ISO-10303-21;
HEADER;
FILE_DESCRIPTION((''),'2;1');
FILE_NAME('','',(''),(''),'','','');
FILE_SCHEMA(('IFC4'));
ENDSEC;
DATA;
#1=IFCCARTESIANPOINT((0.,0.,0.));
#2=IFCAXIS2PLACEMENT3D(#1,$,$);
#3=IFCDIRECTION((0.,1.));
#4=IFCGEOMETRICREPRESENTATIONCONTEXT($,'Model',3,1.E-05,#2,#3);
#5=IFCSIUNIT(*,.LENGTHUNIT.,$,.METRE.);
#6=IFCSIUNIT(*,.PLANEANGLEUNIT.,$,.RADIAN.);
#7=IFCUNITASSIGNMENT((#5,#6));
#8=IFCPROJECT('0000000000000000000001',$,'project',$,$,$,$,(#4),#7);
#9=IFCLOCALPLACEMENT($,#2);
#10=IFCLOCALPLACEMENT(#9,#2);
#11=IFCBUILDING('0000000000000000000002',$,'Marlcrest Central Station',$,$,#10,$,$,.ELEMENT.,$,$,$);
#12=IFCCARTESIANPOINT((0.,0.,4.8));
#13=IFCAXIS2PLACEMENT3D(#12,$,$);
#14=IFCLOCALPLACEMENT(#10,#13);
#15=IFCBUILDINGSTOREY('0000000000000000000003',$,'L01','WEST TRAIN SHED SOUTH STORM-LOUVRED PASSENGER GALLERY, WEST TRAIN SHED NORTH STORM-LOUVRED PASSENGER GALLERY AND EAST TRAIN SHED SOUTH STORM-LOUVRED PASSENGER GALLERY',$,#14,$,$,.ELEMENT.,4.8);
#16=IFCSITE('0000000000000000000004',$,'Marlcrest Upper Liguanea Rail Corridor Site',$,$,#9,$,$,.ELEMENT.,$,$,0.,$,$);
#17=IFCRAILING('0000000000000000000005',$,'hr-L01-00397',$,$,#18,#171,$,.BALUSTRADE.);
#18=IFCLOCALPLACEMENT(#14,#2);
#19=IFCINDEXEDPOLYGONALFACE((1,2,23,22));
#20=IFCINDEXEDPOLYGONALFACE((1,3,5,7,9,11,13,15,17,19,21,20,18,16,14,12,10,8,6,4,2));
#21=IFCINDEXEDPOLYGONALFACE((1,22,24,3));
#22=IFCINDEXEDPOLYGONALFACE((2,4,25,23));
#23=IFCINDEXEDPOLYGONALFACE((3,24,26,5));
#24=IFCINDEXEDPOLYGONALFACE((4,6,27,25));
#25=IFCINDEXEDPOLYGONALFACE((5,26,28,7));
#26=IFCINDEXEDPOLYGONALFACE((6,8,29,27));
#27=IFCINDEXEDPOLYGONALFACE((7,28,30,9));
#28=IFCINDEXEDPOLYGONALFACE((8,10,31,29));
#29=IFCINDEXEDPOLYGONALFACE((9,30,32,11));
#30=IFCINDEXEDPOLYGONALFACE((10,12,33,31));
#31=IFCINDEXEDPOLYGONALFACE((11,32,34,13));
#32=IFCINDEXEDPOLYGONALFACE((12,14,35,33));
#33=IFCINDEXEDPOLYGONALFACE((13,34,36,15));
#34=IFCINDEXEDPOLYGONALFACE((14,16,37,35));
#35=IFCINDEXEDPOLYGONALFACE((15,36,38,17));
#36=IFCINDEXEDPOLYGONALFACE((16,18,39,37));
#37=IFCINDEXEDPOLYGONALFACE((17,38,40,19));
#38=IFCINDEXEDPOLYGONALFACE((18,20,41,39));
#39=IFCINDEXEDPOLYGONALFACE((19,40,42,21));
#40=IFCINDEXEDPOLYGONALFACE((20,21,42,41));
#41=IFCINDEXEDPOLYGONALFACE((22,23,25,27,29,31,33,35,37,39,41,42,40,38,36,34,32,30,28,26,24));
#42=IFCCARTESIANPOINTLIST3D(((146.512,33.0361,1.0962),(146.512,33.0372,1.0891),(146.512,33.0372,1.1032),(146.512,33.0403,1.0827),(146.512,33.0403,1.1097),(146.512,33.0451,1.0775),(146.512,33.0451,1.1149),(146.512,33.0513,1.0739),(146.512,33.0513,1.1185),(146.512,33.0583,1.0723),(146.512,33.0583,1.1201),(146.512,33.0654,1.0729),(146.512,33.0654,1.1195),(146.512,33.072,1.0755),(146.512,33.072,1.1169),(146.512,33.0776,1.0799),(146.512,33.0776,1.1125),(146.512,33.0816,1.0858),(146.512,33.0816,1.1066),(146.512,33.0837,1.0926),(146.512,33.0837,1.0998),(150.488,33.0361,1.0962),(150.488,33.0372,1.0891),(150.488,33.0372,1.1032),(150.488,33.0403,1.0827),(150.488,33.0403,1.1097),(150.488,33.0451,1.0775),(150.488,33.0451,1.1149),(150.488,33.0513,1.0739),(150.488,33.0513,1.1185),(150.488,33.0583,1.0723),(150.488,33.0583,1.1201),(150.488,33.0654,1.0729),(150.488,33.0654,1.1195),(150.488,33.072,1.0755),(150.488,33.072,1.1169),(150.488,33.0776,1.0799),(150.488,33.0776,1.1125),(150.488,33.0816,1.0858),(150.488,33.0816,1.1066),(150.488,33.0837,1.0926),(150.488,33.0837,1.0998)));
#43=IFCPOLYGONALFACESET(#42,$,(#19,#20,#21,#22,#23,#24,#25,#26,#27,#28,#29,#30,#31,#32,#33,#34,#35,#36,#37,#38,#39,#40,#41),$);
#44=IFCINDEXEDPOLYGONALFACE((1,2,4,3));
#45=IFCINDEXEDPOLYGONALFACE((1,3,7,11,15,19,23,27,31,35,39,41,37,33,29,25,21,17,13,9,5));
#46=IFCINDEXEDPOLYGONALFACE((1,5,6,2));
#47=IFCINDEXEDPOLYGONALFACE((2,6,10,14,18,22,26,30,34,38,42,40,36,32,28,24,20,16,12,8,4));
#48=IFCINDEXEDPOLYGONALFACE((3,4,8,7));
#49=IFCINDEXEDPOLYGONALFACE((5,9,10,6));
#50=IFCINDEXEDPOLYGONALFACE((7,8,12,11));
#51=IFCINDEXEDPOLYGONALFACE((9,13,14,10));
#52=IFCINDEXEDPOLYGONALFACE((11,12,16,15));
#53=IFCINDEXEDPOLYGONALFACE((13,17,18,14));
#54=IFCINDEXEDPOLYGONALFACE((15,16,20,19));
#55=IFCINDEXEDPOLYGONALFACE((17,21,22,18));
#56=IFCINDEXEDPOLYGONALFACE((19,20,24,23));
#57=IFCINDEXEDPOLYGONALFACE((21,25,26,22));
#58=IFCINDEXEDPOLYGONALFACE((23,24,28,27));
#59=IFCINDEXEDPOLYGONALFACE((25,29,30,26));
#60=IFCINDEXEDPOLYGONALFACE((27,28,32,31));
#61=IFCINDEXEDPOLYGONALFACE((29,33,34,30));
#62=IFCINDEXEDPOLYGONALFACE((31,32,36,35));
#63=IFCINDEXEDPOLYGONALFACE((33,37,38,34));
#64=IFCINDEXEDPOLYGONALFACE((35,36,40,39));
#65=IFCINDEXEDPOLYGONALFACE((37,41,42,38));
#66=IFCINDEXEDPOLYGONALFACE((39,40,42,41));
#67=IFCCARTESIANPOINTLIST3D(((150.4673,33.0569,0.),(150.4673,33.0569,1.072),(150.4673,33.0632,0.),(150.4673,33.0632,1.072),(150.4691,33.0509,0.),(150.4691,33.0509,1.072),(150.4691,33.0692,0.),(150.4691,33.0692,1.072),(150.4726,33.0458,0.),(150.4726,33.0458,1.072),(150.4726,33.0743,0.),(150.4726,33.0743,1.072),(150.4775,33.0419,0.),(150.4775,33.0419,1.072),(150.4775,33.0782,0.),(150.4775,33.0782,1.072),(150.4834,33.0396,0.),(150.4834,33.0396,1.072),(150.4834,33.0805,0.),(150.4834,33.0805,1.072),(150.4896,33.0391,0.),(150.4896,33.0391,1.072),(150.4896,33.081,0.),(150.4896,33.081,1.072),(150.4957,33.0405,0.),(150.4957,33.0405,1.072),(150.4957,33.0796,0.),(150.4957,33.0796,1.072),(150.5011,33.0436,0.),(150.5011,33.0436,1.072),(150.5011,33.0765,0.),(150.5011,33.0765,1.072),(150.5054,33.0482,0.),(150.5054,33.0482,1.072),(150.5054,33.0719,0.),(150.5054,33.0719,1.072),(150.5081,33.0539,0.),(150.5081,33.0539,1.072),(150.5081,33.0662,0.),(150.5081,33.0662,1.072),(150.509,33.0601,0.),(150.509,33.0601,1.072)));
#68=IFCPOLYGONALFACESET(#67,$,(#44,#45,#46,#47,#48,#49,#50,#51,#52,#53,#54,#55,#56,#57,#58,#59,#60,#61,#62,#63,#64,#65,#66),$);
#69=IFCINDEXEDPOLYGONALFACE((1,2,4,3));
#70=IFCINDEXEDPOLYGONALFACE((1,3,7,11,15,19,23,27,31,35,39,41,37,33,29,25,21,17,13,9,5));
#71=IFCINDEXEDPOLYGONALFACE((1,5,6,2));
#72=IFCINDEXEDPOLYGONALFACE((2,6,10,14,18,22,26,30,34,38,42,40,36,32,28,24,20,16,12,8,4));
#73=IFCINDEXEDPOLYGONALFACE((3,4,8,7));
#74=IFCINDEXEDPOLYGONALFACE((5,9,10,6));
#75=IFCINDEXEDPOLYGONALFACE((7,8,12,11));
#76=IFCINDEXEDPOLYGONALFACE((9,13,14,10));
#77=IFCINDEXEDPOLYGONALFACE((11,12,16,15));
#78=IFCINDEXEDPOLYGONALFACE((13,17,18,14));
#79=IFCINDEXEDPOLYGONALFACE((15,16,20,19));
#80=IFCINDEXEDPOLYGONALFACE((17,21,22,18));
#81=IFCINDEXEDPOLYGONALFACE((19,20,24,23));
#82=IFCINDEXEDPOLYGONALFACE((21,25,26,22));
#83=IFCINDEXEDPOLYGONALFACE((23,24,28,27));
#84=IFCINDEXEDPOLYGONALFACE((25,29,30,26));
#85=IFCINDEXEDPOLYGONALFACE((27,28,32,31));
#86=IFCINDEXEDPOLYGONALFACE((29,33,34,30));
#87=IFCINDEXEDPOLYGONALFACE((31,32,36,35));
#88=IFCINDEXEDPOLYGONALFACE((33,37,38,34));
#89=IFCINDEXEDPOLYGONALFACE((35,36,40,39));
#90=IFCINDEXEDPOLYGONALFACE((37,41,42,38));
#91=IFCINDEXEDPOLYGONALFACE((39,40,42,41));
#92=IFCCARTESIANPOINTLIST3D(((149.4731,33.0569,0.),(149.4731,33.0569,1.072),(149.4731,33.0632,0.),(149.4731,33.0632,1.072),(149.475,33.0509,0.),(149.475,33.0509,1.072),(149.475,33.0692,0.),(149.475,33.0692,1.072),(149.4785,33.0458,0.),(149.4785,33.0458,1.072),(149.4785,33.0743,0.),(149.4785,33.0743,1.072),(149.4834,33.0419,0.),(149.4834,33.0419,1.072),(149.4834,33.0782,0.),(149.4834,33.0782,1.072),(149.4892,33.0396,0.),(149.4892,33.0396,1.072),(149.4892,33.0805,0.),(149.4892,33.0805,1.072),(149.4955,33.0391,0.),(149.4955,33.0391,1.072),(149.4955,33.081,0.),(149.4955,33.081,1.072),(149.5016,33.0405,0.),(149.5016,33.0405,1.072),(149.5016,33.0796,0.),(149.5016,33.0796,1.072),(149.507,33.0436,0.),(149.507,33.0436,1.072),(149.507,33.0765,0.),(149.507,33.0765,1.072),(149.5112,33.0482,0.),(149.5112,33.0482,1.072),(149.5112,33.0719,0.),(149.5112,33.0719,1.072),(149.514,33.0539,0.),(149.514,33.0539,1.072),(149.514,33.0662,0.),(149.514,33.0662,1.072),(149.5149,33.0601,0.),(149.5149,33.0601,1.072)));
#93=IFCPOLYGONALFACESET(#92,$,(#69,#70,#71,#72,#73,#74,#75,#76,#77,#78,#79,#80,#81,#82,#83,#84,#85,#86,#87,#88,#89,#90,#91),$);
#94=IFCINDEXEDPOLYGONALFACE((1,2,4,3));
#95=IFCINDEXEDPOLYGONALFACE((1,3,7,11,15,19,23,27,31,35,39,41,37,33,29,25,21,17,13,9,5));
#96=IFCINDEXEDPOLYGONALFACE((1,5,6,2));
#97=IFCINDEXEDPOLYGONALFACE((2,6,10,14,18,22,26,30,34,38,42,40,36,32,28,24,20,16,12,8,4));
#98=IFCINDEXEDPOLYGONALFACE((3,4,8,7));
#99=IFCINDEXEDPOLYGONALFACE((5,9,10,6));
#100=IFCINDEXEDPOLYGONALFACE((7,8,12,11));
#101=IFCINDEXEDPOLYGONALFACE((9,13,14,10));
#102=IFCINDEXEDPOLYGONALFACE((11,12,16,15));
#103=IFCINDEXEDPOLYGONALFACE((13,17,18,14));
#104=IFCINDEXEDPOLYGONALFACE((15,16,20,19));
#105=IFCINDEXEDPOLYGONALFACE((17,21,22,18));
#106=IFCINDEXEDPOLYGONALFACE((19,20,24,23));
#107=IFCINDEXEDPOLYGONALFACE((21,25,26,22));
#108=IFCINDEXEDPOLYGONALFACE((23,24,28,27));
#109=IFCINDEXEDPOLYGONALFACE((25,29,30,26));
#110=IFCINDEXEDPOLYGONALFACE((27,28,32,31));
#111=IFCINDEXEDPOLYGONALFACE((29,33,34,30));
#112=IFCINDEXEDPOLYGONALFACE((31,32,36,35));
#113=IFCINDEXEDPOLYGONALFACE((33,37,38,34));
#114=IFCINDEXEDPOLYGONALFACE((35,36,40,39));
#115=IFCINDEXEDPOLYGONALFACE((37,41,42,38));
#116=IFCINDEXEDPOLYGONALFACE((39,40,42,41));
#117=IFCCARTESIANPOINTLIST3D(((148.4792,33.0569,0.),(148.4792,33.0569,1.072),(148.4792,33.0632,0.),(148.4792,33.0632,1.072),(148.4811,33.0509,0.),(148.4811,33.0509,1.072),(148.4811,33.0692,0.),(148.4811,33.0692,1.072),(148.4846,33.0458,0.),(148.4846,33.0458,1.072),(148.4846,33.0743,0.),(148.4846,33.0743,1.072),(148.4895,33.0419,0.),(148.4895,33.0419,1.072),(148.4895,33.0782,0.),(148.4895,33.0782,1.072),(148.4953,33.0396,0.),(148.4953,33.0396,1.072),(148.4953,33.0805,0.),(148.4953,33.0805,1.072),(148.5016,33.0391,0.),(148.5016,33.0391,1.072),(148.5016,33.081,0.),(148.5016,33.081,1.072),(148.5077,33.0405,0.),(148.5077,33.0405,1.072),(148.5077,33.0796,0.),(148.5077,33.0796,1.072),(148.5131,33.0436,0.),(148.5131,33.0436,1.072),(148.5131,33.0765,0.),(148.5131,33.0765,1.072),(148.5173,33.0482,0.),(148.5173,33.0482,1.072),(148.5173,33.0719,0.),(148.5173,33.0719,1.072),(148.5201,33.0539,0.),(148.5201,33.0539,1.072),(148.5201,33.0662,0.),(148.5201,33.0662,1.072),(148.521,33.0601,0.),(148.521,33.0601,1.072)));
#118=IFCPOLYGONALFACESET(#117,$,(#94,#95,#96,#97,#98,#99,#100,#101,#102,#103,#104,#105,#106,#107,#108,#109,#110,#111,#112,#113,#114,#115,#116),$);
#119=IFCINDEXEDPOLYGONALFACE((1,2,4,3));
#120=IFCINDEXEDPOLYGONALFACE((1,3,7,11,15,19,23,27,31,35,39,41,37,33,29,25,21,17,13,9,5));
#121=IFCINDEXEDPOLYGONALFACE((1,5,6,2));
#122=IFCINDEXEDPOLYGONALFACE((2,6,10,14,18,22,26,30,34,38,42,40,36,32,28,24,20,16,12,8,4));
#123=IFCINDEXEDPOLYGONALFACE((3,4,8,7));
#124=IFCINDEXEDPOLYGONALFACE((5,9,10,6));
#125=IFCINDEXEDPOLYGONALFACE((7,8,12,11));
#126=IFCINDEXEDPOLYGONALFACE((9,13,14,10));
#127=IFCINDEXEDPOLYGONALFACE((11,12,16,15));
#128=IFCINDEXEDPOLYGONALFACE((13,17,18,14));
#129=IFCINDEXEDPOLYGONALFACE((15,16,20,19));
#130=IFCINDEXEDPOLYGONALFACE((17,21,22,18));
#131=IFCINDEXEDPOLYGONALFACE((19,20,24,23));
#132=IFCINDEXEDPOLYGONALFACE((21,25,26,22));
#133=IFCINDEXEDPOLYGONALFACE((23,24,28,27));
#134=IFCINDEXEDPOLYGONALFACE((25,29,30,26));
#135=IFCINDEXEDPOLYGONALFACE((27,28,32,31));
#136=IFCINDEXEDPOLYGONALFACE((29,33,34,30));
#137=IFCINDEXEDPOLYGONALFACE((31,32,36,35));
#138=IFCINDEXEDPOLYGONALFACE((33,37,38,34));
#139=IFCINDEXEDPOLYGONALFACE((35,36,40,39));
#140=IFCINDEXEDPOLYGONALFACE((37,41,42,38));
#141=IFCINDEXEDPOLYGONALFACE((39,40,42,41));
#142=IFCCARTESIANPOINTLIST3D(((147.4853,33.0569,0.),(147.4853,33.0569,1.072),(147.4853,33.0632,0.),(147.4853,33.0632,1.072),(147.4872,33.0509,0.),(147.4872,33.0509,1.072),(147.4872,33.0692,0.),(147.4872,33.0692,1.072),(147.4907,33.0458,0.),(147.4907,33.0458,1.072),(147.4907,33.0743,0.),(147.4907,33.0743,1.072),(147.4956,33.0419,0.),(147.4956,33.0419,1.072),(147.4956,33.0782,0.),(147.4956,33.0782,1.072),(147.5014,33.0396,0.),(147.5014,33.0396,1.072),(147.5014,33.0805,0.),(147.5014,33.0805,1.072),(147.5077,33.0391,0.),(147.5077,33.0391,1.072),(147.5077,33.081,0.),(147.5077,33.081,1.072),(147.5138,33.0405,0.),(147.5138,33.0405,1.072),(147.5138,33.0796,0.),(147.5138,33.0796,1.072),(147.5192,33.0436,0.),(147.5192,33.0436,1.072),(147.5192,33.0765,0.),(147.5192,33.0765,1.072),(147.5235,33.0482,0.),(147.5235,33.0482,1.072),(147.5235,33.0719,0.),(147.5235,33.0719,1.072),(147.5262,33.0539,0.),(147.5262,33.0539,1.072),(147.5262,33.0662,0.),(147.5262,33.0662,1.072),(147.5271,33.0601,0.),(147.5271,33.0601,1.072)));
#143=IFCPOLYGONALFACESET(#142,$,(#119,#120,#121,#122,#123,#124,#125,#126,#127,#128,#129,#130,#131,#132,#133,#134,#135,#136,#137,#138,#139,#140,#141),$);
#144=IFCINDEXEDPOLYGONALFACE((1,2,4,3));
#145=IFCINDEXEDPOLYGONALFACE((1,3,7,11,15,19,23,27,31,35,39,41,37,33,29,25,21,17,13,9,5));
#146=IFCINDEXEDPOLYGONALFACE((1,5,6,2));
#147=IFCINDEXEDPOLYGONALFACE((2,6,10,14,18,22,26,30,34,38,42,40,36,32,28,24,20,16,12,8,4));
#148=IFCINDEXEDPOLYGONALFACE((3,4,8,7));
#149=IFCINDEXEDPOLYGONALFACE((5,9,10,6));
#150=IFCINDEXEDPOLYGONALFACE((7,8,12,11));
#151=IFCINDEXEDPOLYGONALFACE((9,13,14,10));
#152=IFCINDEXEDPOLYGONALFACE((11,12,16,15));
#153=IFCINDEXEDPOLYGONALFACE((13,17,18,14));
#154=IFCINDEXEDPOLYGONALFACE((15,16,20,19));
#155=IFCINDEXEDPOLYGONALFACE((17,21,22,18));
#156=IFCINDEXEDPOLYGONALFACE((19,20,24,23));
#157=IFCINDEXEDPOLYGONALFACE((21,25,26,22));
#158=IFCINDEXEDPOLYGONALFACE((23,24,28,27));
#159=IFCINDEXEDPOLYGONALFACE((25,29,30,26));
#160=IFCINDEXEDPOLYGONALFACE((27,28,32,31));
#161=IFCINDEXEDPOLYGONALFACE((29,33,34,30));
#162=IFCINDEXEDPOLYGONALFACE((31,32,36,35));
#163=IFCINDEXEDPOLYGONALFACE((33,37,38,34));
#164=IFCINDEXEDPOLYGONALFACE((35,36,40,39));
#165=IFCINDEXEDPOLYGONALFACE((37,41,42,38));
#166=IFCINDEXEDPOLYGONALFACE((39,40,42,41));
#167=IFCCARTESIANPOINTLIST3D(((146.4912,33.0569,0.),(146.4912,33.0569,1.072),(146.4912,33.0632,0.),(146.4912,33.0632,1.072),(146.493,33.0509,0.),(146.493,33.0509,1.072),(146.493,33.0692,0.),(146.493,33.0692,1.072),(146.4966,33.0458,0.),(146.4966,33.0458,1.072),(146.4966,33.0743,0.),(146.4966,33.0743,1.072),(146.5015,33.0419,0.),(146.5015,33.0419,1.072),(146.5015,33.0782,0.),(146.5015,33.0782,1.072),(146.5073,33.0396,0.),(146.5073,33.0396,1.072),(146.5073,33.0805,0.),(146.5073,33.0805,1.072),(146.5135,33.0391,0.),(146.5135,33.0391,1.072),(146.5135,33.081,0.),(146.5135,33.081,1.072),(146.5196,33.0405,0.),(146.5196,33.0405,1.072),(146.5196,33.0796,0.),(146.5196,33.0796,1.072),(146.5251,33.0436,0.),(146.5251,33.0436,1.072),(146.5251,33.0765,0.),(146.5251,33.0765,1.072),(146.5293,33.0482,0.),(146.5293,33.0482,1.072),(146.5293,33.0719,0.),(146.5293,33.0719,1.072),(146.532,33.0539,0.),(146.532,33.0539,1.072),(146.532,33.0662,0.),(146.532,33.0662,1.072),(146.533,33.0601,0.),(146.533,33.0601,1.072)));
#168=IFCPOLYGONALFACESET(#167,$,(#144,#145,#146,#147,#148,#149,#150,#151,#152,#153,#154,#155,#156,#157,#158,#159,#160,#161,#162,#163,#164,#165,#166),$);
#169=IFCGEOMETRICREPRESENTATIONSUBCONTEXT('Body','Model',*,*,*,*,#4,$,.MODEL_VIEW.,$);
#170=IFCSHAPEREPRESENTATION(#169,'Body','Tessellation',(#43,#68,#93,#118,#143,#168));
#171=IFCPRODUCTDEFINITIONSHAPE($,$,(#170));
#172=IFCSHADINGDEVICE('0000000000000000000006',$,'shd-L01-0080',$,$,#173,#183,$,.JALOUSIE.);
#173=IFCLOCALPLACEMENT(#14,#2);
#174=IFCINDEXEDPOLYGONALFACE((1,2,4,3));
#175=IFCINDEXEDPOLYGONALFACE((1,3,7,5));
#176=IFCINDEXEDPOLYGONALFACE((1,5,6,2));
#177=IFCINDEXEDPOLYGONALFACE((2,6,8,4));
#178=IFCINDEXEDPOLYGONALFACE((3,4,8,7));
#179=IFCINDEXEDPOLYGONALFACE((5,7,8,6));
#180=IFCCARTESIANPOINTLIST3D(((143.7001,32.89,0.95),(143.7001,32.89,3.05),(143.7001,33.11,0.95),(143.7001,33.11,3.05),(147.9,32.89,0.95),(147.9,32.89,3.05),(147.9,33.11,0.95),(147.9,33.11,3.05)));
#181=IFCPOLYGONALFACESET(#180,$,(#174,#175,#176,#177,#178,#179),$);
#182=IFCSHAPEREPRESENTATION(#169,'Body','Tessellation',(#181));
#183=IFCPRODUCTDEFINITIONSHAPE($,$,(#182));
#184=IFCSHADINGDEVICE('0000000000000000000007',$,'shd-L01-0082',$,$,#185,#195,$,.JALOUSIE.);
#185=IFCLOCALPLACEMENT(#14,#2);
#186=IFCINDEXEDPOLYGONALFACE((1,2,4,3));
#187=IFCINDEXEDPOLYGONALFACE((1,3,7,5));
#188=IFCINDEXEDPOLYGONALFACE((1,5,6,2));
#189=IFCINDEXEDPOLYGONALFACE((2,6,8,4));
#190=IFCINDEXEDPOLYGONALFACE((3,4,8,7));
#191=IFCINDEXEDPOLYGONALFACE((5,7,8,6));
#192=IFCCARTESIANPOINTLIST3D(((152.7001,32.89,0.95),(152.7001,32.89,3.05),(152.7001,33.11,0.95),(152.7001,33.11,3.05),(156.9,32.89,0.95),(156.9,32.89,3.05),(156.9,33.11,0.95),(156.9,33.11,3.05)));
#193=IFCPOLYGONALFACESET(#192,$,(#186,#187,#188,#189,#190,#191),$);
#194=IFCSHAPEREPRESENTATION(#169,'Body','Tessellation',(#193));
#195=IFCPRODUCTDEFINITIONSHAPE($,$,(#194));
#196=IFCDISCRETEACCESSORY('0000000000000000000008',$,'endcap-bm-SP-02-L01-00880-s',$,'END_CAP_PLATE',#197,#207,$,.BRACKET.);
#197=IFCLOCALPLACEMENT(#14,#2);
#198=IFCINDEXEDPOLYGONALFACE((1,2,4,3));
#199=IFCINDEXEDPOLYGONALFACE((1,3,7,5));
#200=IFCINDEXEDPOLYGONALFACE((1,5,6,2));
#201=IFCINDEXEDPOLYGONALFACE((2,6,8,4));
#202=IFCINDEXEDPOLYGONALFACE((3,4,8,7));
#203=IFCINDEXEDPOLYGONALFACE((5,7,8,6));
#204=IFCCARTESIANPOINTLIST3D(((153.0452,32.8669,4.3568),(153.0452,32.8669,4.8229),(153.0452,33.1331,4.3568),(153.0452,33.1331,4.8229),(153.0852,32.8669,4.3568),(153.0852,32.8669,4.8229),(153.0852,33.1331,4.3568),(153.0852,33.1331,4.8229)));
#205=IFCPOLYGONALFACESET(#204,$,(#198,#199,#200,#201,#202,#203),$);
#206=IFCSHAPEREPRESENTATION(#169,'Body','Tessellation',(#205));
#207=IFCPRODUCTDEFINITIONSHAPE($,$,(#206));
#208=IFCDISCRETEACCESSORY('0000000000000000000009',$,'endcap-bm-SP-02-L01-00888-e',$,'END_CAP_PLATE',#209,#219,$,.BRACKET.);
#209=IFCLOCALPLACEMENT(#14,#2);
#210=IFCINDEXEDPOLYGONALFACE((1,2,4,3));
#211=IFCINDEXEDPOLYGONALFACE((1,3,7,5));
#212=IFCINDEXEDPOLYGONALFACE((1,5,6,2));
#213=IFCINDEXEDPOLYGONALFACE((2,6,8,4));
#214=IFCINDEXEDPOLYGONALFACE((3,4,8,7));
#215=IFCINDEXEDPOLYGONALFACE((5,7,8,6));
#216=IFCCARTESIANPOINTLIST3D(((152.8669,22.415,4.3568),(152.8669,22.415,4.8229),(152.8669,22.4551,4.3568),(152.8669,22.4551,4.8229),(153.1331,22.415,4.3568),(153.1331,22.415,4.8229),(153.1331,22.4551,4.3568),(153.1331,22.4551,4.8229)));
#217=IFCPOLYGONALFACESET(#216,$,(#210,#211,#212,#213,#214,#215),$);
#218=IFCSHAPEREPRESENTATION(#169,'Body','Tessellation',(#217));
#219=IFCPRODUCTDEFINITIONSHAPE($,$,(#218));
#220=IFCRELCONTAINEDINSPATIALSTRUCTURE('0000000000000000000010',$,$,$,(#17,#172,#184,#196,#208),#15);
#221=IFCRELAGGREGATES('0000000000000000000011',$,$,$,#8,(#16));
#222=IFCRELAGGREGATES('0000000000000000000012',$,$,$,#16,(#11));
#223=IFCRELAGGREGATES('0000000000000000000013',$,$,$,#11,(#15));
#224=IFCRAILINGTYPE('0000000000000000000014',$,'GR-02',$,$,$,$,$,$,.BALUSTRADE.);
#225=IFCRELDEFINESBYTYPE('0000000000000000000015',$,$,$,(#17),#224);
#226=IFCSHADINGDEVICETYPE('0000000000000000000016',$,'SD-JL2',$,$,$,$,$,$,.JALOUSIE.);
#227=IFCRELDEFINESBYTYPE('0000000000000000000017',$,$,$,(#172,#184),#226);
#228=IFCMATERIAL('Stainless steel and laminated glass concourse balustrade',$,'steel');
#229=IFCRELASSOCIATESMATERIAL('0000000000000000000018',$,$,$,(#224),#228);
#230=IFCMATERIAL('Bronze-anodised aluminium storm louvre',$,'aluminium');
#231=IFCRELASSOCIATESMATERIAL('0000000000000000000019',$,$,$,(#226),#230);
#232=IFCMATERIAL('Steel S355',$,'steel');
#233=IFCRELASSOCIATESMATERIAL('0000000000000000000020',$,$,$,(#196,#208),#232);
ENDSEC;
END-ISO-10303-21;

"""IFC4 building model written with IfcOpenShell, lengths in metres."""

from ifc_helpers import new_model, si_unit, direction, frame, origin, origin_2d, place, context, subcontext, project, spatial, rectangle, circle, extrude, material, type_object, element, save


model = new_model("IFC4")

# Units and contexts
model_context = context("Model", 3, precision=1e-05, world=origin(), true_north=direction((0.0, 1.0)))
body_context = subcontext(model_context, "Body", "Model", "MODEL_VIEW")
ifc_project = project(units=[si_unit("LENGTHUNIT", "METRE"), si_unit("PLANEANGLEUNIT", "RADIAN")], contexts=[model_context])

# Site, building, storey
site_placement = place(None, origin())
site = spatial("IfcSite", under=ifc_project, at=site_placement, Name="Marlcrest Upper Liguanea Rail Corridor Site", CompositionType="ELEMENT", RefElevation=0.0)
building_placement = place(site_placement, origin())
building = spatial("IfcBuilding", under=site, at=building_placement, Name="Marlcrest Central Station", CompositionType="ELEMENT")
storey_placement = place(building_placement, frame((0.0, 0.0, 4.8)))
storey = spatial("IfcBuildingStorey", under=building, at=storey_placement, Name="L01", Description="WEST TRAIN SHED SOUTH STORM-LOUVRED PASSENGER GALLERY, WEST TRAIN SHED NORTH STORM-LOUVRED PASSENGER GALLERY AND EAST TRAIN SHED SOUTH STORM-LOUVRED PASSENGER GALLERY", CompositionType="ELEMENT", Elevation=4.8)

# Shared definitions
ifc_material_1 = material(Name="Steel S355", Category="steel")

# Railing
ifc_material_2 = material(Name="Stainless steel and laminated glass concourse balustrade", Category="steel")
railing_type = type_object("IfcRailingType", Name="GR-02", PredefinedType="BALUSTRADE", material=ifc_material_2)
railing_1_placement = place(storey_placement, frame((150.488, 33.0601, 0.0)))
element("IfcRailing", 1, at=railing_1_placement, inside=storey, type_object=railing_type, Name="hr-L01-00397", PredefinedType="BALUSTRADE", context=body_context, shape_type="SweptSolid", body=[
    extrude(circle(Radius=0.0239, at=origin_2d()), frame((0.0, 0.0, 1.0962), z_axis=(-1.0, 0.0, 0.0), x_axis=(0.0, -1.0, 0.0)), (0.0, 0.0, 1.0), 3.9761),
    extrude(circle(Radius=0.021, at=origin_2d()), origin(), (0.0, 0.0, 1.0), 1.072),
    extrude(circle(Radius=0.021, at=origin_2d()), frame((-0.9941, 0.0, 0.0)), (0.0, 0.0, 1.0), 1.072),
    extrude(circle(Radius=0.021, at=origin_2d()), frame((-1.988, 0.0, 0.0)), (0.0, 0.0, 1.0), 1.072),
    extrude(circle(Radius=0.021, at=origin_2d()), frame((-2.9819, 0.0, 0.0)), (0.0, 0.0, 1.0), 1.072),
    extrude(circle(Radius=0.021, at=origin_2d()), frame((-3.9761, 0.0, 0.0)), (0.0, 0.0, 1.0), 1.072),
])

# Shading devices
ifc_material_3 = material(Name="Bronze-anodised aluminium storm louvre", Category="aluminium")
shading_device_type = type_object("IfcShadingDeviceType", Name="SD-JL2", PredefinedType="JALOUSIE", material=ifc_material_3)
for number, where, z_axis, x_axis, name in (
    (2, (145.8, 33.0, 0.95), (0.0, 0.0, 1.0), (1.0, 0.0, 0.0), "shd-L01-0080"),
    (3, (154.8, 33.0, 0.95), (0.0, 0.0, 1.0), (1.0, 0.0, 0.0), "shd-L01-0082"),
):
    element("IfcShadingDevice", number, at=place(storey_placement, frame(where, z_axis=z_axis, x_axis=x_axis)), inside=storey, type_object=shading_device_type, Name=name, PredefinedType="JALOUSIE", context=body_context, shape_type="SweptSolid", body=[
        extrude(rectangle(XDim=4.2, YDim=0.22, at=origin_2d()), origin(), (0.0, 0.0, 1.0), 2.1001),
    ])

# Discrete accessories
for number, where, z_axis, x_axis, name in (
    (4, (153.0452, 33.0, 4.5898), (1.0, 0.0, 0.0), (0.0, 1.0, 0.0), "endcap-bm-SP-02-L01-00880-s"),
    (5, (153.0, 22.415, 4.5898), (0.0, 1.0, 0.0), (-1.0, 0.0, 0.0), "endcap-bm-SP-02-L01-00888-e"),
):
    element("IfcDiscreteAccessory", number, at=place(storey_placement, frame(where, z_axis=z_axis, x_axis=x_axis)), inside=storey, material=ifc_material_1, Name=name, ObjectType="END_CAP_PLATE", PredefinedType="BRACKET", context=body_context, shape_type="SweptSolid", body=[
        extrude(rectangle(XDim=0.2661, YDim=0.4661, at=origin_2d()), origin(), (0.0, 0.0, 1.0), 0.04),
    ])

save(model, "model.ifc")
